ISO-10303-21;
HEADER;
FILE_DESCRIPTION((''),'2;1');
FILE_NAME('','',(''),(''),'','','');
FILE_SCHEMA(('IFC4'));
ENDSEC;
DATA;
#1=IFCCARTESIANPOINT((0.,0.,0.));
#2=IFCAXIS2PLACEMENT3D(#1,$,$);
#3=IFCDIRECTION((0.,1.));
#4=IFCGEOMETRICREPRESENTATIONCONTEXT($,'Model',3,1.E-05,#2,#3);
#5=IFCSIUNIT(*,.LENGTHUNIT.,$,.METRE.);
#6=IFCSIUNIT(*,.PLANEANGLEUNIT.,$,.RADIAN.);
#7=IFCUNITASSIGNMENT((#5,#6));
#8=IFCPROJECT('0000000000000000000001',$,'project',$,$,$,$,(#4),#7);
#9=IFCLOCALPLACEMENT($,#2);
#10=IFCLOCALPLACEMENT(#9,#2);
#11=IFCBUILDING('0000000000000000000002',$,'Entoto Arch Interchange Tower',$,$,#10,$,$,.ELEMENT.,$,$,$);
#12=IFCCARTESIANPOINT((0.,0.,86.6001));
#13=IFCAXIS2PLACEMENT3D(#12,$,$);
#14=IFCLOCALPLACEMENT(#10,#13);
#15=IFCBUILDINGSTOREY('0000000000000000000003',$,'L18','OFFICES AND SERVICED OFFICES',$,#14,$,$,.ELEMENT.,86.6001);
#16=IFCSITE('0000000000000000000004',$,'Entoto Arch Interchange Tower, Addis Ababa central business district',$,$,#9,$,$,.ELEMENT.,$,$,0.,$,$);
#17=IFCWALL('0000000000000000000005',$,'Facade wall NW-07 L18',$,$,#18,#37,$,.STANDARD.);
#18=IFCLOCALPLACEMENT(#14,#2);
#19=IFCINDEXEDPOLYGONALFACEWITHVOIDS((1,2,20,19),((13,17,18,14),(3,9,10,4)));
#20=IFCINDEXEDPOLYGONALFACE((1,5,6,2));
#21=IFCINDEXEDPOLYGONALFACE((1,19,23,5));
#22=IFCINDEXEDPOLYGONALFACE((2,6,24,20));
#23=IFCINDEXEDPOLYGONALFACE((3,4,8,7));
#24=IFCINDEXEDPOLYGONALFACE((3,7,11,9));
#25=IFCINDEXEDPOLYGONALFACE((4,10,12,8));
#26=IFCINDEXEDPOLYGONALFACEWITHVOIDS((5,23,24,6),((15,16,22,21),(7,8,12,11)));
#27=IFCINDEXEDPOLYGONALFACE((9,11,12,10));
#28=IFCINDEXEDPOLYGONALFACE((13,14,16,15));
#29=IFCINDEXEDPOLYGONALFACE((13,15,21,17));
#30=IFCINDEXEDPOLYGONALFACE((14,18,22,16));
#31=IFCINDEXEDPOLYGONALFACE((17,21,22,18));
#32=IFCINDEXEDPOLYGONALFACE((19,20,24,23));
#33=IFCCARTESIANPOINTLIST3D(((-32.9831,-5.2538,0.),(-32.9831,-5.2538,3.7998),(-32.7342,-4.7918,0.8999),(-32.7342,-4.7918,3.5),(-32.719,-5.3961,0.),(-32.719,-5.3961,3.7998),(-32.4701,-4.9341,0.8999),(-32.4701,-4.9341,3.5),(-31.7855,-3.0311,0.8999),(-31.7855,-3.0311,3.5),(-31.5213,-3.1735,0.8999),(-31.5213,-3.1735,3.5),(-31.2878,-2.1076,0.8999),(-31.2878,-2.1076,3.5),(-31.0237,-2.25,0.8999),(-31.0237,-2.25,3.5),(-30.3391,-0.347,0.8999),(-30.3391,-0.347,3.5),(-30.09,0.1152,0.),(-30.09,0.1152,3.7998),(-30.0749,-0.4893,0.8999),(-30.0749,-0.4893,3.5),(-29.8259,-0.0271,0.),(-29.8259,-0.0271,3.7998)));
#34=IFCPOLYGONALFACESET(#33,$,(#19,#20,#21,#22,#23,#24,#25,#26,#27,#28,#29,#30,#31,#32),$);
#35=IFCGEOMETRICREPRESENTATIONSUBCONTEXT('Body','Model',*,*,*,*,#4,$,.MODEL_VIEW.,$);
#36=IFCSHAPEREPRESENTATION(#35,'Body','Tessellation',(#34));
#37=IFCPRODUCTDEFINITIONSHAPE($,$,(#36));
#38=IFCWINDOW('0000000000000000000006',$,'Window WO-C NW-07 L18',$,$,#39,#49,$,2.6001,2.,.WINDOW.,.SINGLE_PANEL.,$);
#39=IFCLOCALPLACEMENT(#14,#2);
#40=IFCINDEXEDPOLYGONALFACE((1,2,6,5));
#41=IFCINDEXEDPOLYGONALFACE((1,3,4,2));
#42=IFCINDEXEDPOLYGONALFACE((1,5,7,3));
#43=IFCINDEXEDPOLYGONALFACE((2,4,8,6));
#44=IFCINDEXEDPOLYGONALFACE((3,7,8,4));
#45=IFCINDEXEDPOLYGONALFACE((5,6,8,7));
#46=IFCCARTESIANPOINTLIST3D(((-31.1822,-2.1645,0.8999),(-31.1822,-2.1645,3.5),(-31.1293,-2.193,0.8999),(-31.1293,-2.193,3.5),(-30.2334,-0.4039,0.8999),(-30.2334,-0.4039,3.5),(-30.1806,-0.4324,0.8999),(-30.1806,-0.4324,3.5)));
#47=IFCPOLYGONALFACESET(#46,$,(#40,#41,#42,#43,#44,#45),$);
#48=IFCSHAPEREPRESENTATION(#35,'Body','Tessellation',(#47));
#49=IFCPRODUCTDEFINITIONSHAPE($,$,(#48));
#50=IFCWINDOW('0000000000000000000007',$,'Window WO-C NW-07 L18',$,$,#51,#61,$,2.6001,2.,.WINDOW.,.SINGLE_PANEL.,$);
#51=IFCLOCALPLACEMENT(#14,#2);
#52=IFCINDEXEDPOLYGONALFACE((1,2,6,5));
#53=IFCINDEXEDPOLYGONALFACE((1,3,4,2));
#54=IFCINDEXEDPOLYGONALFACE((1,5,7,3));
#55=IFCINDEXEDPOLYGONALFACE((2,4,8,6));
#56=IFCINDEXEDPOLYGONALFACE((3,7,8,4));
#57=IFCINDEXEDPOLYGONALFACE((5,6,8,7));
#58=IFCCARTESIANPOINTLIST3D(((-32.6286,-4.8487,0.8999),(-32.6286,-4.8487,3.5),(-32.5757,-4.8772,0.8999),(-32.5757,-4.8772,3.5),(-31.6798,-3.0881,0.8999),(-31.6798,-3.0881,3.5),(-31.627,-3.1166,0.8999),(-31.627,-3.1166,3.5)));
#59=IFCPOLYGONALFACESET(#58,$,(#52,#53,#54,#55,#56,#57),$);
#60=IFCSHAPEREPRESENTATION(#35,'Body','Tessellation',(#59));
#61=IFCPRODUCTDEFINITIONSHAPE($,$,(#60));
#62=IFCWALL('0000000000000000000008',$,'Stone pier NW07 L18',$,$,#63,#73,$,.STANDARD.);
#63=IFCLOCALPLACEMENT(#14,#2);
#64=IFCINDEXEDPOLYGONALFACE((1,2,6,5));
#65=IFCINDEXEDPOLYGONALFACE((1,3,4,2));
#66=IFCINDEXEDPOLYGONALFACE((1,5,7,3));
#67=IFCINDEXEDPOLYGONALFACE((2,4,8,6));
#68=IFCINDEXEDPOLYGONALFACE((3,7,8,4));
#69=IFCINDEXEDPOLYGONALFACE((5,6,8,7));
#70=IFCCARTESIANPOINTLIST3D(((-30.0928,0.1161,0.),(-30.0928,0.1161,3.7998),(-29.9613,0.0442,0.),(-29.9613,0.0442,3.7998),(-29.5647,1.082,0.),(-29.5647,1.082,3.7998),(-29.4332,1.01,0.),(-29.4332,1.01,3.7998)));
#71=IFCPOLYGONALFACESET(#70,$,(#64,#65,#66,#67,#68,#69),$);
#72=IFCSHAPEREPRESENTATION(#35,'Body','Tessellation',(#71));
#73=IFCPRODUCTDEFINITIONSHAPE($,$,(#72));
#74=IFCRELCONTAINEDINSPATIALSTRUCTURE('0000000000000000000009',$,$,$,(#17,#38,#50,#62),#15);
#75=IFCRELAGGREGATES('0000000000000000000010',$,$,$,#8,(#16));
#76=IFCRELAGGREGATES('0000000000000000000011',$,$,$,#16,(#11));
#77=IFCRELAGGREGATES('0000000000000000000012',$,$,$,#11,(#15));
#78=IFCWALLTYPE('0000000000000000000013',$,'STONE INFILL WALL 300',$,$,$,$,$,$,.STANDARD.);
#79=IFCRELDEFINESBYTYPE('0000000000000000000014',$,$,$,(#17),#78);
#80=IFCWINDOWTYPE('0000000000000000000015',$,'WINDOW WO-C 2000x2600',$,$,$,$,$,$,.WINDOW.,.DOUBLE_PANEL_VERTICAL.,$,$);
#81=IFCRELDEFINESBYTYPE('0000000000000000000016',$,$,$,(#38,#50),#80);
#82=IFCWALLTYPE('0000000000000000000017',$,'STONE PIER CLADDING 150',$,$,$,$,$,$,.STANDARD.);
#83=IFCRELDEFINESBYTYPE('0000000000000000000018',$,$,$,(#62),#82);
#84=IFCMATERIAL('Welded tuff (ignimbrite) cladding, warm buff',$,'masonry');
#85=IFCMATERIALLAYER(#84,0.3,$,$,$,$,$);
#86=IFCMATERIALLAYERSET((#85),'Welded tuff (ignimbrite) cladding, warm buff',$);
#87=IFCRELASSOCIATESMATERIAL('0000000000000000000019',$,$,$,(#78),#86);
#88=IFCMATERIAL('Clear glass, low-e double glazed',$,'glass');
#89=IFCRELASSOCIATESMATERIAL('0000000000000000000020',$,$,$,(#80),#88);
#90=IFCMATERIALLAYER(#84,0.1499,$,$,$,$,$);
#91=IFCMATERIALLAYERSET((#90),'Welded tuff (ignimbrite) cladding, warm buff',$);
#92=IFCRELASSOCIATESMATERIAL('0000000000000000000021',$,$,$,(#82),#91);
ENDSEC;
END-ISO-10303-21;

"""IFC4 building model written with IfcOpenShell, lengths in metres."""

from ifc_helpers import new_model, si_unit, direction, frame, frame_2d, origin, place, context, subcontext, project, spatial, rectangle, extrude, material, layer, layer_set, type_object, element, fill, save


model = new_model("IFC4")

# Units and contexts
model_context = context("Model", 3, precision=1e-05, world=origin(), true_north=direction((0.0, 1.0)))
body_context = subcontext(model_context, "Body", "Model", "MODEL_VIEW")
ifc_project = project(units=[si_unit("LENGTHUNIT", "METRE"), si_unit("PLANEANGLEUNIT", "RADIAN")], contexts=[model_context])

# Site, building, storey
site_placement = place(None, origin())
site = spatial("IfcSite", under=ifc_project, at=site_placement, Name="Entoto Arch Interchange Tower, Addis Ababa central business district", CompositionType="ELEMENT", RefElevation=0.0)
building_placement = place(site_placement, origin())
building = spatial("IfcBuilding", under=site, at=building_placement, Name="Entoto Arch Interchange Tower", CompositionType="ELEMENT")
storey_placement = place(building_placement, frame((0.0, 0.0, 86.6001)))
storey = spatial("IfcBuildingStorey", under=building, at=storey_placement, Name="L18", Description="OFFICES AND SERVICED OFFICES", CompositionType="ELEMENT", Elevation=86.6001)

# Shared definitions
ifc_material_1 = material(Name="Welded tuff (ignimbrite) cladding, warm buff", Category="masonry")
ifc_layer_1 = layer(ifc_material_1, 0.3)
ifc_layer_set_1 = layer_set([ifc_layer_1], Name="Welded tuff (ignimbrite) cladding, warm buff")
wall_type_1 = type_object("IfcWallType", Name="STONE INFILL WALL 300", PredefinedType="STANDARD", material=ifc_layer_set_1)
ifc_material_2 = material(Name="Clear glass, low-e double glazed", Category="glass")
window_type = type_object("IfcWindowType", Name="WINDOW WO-C 2000x2600", PartitioningType="DOUBLE_PANEL_VERTICAL", PredefinedType="WINDOW", material=ifc_material_2)

# Wall, openings, windows
wall_1_placement = place(storey_placement, frame((-29.958, 0.0439, 0.0), z_axis=(0.0, 0.0, 1.0), x_axis=(-0.47437, -0.880326, 0.0)))
wall_1 = element("IfcWall", 1, at=wall_1_placement, inside=storey, type_object=wall_type_1, Name="Facade wall NW-07 L18", PredefinedType="STANDARD", context=body_context, shape_type="SweptSolid", body=[
    extrude(rectangle(XDim=6.0989, YDim=0.3, at=frame_2d((3.0493, 0.0))), origin(), (0.0, 0.0, 1.0), 3.7998),
])
opening_1_placement = place(wall_1_placement, frame((0.5249, 0.0, 0.8999)))
opening_1 = element("IfcOpeningElement", 2, at=opening_1_placement, cuts=wall_1, PredefinedType="OPENING", context=body_context, shape_type="SweptSolid", body=[
    extrude(rectangle(XDim=2.0, YDim=2.6001, at=frame_2d((1.0, 1.3))), frame((0.0, 0.1602, 0.0), z_axis=(0.0, -1.0, 0.0), x_axis=(1.0, 0.0, 0.0)), (0.0, 0.0, 1.0), 0.3201),
])
opening_2_placement = place(wall_1_placement, frame((3.574, 0.0, 0.8999)))
opening_2 = element("IfcOpeningElement", 3, at=opening_2_placement, cuts=wall_1, PredefinedType="OPENING", context=body_context, shape_type="SweptSolid", body=[
    extrude(rectangle(XDim=2.0, YDim=2.6001, at=frame_2d((1.0, 1.3))), frame((0.0, 0.1602, 0.0), z_axis=(0.0, -1.0, 0.0), x_axis=(1.0, 0.0, 0.0)), (0.0, 0.0, 1.0), 0.3201),
])
window_1_placement = place(opening_1_placement, origin())
window_1 = element("IfcWindow", 4, at=window_1_placement, inside=storey, type_object=window_type, Name="Window WO-C NW-07 L18", OverallHeight=2.6001, OverallWidth=2.0, PartitioningType="SINGLE_PANEL", PredefinedType="WINDOW", context=body_context, shape_type="SweptSolid", body=[
    extrude(rectangle(XDim=2.0, YDim=2.6001, at=frame_2d((1.0, 1.3))), frame((0.0, 0.03, 0.0), z_axis=(0.0, -1.0, 0.0), x_axis=(1.0, 0.0, 0.0)), (0.0, 0.0, 1.0), 0.0601),
])
fill(opening_1, window_1)
window_2_placement = place(opening_2_placement, origin())
window_2 = element("IfcWindow", 5, at=window_2_placement, inside=storey, type_object=window_type, Name="Window WO-C NW-07 L18", OverallHeight=2.6001, OverallWidth=2.0, PartitioningType="SINGLE_PANEL", PredefinedType="WINDOW", context=body_context, shape_type="SweptSolid", body=[
    extrude(rectangle(XDim=2.0, YDim=2.6001, at=frame_2d((1.0, 1.3))), frame((0.0, 0.03, 0.0), z_axis=(0.0, -1.0, 0.0), x_axis=(1.0, 0.0, 0.0)), (0.0, 0.0, 1.0), 0.0601),
])
fill(opening_2, window_2)

# Wall
ifc_layer_2 = layer(ifc_material_1, 0.1499)
ifc_layer_set_2 = layer_set([ifc_layer_2], Name="Welded tuff (ignimbrite) cladding, warm buff")
wall_type_2 = type_object("IfcWallType", Name="STONE PIER CLADDING 150", PredefinedType="STANDARD", material=ifc_layer_set_2)
wall_2_placement = place(storey_placement, frame((-29.499, 1.0459, 0.0), z_axis=(0.0, 0.0, 1.0), x_axis=(-0.479738, -0.877412, 0.0)))
element("IfcWall", 6, at=wall_2_placement, inside=storey, type_object=wall_type_2, Name="Stone pier NW07 L18", PredefinedType="STANDARD", context=body_context, shape_type="SweptSolid", body=[
    extrude(rectangle(XDim=1.1008, YDim=0.1499, at=frame_2d((0.5503, 0.0))), origin(), (0.0, 0.0, 1.0), 3.7998),
])

save(model, "model.ifc")
